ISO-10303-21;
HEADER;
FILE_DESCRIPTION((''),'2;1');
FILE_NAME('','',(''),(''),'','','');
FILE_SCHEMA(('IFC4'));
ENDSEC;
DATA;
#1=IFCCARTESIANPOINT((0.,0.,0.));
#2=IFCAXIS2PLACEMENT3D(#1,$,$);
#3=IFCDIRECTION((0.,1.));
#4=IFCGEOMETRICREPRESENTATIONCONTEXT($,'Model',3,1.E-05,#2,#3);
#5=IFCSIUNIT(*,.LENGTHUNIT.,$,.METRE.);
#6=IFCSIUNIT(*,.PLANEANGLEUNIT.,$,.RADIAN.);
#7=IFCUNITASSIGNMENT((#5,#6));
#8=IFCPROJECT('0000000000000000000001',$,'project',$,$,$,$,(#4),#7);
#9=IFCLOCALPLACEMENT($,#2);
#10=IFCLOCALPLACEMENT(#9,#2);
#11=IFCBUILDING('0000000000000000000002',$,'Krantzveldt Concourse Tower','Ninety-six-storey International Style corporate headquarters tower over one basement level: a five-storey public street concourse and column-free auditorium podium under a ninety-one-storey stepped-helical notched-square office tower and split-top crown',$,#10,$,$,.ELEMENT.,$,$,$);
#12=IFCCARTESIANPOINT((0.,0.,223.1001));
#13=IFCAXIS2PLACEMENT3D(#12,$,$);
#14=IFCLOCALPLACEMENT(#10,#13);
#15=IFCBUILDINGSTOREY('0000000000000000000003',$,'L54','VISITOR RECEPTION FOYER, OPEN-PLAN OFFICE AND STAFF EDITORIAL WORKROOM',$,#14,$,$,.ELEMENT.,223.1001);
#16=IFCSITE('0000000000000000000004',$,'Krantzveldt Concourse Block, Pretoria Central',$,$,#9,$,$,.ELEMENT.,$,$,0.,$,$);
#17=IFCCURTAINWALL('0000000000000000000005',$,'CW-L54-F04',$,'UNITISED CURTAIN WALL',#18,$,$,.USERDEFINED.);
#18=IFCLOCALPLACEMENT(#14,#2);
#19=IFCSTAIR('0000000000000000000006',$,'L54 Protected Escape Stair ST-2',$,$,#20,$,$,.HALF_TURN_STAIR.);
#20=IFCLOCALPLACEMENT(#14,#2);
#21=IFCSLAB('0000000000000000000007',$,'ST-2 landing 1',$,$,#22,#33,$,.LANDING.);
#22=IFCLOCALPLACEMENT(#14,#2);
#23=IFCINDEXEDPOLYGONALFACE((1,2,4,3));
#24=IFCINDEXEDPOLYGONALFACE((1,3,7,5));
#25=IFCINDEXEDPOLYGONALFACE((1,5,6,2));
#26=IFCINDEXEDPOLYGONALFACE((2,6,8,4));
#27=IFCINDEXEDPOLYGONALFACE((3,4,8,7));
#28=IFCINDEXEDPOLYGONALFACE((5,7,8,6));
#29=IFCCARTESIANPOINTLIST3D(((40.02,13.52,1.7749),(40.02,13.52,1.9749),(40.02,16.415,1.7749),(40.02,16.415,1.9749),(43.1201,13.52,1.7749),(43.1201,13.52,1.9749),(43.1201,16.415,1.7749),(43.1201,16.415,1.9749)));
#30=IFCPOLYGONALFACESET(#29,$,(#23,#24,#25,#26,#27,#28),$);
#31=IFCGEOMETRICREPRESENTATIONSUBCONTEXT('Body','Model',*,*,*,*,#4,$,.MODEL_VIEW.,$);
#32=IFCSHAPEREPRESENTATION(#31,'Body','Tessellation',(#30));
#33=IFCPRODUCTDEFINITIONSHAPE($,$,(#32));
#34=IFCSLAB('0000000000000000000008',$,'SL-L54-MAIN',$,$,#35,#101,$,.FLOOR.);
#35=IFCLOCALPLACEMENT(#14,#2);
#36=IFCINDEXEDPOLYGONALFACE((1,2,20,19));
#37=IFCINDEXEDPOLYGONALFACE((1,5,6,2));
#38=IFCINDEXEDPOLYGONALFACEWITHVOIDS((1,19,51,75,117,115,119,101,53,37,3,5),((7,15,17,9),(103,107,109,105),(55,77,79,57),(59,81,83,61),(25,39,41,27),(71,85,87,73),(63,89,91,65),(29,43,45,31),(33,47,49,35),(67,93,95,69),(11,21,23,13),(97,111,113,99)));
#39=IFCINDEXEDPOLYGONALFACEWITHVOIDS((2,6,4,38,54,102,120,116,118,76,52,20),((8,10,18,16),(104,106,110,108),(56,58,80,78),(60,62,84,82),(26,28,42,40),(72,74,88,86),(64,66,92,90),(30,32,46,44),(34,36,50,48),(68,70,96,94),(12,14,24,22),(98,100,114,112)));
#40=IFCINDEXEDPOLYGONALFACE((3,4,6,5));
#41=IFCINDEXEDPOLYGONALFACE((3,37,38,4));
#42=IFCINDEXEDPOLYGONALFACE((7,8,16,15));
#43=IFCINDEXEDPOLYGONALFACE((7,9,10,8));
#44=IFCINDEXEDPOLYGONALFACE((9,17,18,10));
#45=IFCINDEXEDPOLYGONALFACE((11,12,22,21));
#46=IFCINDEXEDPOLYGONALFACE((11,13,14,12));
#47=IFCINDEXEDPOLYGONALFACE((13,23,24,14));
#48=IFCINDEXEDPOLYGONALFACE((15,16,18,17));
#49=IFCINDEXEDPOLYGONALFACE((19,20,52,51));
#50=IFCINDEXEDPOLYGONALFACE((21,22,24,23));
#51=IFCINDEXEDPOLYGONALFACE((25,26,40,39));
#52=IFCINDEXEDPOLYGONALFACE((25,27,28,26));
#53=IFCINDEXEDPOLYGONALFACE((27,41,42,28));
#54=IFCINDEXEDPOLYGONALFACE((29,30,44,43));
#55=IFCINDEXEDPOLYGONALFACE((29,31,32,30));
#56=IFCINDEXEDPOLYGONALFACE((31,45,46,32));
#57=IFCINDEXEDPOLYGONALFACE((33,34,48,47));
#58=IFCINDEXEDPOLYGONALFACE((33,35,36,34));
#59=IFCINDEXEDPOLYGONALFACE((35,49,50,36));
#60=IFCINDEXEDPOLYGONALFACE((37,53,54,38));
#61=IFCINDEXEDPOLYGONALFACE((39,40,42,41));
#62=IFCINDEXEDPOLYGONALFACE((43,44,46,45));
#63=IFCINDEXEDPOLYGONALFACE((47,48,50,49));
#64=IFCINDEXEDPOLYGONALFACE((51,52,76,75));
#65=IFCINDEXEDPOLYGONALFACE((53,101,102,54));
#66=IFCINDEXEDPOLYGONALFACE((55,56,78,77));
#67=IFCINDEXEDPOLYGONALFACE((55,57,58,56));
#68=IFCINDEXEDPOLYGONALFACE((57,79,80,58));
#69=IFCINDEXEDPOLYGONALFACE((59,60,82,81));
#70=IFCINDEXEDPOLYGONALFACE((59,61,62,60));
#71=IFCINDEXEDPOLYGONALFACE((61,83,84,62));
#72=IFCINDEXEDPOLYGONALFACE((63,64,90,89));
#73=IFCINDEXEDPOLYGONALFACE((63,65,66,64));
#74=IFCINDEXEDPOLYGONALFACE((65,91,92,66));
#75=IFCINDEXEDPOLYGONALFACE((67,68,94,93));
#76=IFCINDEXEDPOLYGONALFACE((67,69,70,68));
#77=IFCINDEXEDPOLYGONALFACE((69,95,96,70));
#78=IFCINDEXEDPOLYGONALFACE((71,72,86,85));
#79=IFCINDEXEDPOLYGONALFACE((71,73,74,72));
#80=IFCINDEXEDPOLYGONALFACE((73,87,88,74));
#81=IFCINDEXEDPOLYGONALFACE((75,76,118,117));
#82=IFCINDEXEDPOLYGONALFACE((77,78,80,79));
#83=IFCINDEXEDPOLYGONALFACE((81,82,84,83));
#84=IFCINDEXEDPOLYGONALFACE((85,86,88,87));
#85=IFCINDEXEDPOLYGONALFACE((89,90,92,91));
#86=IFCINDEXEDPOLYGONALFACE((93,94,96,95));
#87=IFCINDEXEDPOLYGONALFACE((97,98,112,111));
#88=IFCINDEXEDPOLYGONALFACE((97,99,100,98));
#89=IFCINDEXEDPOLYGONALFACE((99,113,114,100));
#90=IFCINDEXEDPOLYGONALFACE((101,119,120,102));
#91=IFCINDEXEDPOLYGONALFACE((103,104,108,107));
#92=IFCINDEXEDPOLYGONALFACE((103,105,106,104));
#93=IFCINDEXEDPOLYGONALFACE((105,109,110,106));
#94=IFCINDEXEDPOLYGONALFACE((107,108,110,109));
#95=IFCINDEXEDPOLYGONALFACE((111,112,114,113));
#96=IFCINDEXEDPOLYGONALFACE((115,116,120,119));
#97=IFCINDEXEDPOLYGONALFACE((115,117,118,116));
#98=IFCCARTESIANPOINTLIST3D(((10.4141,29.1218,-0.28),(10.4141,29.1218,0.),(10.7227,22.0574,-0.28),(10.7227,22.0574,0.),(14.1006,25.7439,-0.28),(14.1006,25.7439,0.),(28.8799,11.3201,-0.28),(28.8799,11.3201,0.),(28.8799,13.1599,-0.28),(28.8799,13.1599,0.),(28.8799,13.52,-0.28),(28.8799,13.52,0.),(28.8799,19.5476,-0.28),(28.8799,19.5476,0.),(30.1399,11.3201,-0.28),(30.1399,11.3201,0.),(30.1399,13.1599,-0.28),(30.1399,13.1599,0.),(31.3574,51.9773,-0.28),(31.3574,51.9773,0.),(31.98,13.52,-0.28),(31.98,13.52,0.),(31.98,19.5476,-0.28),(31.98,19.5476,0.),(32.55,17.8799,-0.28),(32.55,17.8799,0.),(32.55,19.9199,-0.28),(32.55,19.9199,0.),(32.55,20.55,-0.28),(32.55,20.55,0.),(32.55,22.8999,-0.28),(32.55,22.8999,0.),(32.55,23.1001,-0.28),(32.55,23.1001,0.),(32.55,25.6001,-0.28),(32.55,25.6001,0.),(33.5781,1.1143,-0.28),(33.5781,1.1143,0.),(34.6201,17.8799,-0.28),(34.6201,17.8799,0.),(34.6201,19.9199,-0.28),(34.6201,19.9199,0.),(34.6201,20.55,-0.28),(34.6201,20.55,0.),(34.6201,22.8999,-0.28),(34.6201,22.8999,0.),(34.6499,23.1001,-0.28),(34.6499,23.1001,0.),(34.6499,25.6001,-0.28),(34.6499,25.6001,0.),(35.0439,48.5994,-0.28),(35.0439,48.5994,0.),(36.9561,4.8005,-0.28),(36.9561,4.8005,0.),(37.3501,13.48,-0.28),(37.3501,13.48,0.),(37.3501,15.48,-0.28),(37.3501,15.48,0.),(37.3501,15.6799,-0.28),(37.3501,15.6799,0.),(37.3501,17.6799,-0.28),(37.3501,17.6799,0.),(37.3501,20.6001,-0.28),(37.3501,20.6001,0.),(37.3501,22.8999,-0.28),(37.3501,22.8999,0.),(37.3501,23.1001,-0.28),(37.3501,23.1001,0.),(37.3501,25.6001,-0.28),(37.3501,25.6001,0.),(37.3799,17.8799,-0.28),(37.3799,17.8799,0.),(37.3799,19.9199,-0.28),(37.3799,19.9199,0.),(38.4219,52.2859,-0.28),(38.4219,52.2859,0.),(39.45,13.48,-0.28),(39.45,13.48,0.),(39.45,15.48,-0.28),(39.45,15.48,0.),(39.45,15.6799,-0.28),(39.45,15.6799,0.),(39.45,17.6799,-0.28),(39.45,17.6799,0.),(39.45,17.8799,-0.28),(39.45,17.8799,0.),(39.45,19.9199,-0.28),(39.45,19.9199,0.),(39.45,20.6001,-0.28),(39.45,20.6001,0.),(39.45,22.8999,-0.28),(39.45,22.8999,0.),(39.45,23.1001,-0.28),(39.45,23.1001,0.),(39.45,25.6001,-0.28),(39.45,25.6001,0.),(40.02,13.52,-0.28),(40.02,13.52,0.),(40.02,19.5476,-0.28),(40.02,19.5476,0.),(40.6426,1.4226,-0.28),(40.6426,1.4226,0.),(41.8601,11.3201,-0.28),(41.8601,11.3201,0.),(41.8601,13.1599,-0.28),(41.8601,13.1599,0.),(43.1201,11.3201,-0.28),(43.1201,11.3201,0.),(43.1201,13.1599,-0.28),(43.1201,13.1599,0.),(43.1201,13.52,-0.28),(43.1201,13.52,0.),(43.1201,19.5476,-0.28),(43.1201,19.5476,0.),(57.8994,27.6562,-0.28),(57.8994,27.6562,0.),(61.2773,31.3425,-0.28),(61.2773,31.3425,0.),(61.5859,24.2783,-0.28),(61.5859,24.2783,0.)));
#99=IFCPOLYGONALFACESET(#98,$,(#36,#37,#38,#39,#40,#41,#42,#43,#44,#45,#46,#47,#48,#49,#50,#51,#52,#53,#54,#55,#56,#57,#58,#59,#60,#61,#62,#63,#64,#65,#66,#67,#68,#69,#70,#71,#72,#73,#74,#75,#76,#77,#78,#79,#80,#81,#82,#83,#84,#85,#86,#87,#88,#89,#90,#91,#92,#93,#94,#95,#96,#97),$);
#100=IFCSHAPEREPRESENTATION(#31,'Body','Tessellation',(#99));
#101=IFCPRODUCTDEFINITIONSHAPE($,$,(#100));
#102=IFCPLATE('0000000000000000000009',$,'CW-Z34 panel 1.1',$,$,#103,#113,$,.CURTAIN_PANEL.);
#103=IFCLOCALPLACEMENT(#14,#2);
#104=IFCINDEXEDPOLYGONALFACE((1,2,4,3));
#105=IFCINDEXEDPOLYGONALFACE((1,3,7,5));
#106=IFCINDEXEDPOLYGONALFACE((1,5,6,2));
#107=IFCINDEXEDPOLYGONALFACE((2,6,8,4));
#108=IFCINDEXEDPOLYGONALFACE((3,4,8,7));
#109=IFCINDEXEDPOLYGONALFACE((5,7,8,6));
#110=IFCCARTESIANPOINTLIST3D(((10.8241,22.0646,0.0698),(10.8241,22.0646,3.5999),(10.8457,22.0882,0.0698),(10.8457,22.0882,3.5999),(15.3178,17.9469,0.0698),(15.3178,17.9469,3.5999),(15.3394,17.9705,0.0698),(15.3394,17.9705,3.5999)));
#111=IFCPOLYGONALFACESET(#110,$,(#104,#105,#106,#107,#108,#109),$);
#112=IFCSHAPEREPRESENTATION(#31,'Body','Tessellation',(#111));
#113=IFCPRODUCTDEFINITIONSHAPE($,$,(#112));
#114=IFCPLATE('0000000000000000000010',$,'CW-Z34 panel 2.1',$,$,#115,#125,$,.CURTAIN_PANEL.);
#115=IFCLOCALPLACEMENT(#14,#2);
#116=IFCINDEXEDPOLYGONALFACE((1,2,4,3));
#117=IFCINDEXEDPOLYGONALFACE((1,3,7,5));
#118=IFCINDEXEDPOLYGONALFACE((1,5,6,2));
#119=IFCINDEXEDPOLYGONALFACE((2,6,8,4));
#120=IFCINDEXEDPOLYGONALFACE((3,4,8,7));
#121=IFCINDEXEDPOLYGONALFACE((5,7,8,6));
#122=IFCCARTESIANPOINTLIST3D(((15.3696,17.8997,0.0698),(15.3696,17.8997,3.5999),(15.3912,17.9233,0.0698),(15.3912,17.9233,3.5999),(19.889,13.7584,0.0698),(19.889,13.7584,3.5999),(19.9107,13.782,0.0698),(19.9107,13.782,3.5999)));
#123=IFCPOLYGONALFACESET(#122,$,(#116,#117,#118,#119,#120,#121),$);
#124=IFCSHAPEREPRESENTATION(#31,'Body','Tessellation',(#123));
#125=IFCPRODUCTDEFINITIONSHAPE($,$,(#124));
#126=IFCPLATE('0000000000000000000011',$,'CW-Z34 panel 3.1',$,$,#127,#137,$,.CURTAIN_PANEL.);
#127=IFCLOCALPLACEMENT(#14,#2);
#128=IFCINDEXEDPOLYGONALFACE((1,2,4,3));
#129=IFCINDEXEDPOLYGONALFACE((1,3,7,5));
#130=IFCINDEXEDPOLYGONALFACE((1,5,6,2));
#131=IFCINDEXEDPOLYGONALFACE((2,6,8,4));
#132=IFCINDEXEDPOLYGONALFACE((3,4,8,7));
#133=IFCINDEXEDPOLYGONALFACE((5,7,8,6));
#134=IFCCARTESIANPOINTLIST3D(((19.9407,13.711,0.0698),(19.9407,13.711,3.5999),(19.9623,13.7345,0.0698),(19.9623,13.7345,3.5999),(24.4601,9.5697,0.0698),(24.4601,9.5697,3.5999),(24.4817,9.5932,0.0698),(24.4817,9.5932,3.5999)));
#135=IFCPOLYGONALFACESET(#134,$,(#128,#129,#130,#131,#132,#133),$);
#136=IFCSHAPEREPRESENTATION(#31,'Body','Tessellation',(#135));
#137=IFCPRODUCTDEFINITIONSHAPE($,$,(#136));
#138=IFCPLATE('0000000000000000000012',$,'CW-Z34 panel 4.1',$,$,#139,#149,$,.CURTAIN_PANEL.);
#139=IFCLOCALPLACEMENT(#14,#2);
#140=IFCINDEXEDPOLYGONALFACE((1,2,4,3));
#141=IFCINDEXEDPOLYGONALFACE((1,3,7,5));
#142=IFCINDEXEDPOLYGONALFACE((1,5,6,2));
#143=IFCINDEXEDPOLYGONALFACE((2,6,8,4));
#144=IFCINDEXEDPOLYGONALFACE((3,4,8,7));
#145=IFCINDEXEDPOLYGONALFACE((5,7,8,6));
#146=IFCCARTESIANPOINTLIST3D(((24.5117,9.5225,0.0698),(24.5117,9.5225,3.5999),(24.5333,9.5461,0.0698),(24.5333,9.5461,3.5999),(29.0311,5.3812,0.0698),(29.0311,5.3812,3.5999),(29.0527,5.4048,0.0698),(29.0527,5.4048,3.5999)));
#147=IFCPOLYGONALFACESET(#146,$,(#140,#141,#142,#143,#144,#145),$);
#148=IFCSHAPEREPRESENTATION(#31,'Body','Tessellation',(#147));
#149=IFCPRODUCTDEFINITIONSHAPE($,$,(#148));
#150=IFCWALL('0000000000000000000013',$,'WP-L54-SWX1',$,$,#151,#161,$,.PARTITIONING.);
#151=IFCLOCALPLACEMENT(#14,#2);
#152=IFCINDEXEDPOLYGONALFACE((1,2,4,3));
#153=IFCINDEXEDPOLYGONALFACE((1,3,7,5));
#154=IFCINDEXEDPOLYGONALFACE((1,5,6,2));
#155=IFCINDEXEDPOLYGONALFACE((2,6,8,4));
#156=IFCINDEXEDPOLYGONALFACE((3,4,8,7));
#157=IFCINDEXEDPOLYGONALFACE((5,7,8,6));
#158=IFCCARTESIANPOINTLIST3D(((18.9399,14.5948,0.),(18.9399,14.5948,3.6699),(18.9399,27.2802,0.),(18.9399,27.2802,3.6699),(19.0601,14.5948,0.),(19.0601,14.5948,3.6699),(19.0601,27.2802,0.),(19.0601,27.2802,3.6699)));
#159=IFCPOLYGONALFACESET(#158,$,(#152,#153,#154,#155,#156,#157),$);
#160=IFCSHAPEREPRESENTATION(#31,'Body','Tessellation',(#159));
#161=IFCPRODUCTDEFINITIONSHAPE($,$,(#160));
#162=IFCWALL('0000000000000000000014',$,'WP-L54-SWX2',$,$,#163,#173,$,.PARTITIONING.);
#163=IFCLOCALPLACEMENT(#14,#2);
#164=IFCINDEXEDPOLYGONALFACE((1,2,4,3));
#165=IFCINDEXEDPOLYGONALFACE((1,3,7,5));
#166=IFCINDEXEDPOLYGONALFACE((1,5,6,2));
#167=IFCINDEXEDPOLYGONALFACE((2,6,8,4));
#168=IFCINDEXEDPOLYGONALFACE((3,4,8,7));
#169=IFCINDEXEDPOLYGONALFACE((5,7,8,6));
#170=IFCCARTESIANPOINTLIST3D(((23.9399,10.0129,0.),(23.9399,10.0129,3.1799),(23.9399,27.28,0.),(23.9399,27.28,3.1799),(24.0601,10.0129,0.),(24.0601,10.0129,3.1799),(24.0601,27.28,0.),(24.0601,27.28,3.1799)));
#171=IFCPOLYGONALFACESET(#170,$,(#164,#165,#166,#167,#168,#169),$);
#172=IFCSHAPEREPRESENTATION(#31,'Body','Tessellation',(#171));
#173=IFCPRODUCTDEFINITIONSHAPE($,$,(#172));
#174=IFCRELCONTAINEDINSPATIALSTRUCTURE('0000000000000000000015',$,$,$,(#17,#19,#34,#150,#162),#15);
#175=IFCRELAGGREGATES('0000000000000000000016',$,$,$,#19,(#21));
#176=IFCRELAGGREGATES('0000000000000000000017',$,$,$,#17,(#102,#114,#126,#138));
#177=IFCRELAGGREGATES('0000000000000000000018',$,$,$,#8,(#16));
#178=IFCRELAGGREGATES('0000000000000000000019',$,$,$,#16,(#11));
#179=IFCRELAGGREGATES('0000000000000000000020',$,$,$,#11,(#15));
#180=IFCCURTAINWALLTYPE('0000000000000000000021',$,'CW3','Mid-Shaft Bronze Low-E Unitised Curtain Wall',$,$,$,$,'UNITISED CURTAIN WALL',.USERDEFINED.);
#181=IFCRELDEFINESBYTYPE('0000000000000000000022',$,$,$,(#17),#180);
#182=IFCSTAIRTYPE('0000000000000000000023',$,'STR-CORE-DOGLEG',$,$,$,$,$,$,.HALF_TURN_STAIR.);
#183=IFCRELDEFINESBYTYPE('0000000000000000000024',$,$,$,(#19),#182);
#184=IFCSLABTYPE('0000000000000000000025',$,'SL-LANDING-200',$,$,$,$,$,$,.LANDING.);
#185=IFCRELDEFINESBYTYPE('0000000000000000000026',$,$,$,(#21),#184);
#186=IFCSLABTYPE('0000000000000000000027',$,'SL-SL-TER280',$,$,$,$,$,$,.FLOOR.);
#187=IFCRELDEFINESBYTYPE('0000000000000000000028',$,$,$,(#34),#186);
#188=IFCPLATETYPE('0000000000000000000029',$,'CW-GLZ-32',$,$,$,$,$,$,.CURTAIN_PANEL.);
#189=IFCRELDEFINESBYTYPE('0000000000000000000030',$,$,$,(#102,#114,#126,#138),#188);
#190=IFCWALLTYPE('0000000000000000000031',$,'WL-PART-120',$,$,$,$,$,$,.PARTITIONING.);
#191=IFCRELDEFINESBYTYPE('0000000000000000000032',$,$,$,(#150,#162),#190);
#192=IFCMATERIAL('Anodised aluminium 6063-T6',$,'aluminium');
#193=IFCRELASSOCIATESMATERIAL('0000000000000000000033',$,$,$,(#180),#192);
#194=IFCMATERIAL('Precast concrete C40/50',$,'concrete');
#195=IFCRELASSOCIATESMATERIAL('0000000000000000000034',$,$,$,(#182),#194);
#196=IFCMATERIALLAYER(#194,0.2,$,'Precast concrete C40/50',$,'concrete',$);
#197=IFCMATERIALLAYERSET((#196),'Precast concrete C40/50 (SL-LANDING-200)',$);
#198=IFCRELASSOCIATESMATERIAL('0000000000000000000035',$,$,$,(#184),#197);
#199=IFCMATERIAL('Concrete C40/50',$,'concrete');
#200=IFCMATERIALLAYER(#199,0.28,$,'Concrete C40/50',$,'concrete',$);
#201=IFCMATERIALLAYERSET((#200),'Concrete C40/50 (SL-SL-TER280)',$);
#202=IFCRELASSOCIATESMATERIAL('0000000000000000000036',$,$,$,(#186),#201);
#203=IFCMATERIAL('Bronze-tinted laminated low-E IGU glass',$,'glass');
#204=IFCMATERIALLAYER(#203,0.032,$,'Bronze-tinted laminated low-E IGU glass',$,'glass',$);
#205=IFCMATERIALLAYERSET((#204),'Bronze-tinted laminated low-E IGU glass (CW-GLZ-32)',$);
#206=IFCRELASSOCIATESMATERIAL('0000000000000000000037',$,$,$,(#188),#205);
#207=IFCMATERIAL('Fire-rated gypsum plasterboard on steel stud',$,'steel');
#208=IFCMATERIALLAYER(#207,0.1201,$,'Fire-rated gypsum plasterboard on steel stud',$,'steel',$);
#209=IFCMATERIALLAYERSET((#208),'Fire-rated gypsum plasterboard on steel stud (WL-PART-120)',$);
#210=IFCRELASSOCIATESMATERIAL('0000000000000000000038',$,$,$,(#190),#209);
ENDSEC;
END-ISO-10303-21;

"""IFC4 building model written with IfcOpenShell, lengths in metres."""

from ifc_helpers import new_model, si_unit, direction, frame, frame_2d, origin, origin_2d, place, context, subcontext, project, spatial, polyline, rectangle, outline, extrude, source, transform, mapped, material, layer, layer_set, type_object, type_shapes, element, aggregate, save


model = new_model("IFC4")

# Units and contexts
model_context = context("Model", 3, precision=1e-05, world=origin(), true_north=direction((0.0, 1.0)))
body_context = subcontext(model_context, "Body", "Model", "MODEL_VIEW")
ifc_project = project(units=[si_unit("LENGTHUNIT", "METRE"), si_unit("PLANEANGLEUNIT", "RADIAN")], contexts=[model_context])

# Site, building, storey
site_placement = place(None, origin())
site = spatial("IfcSite", under=ifc_project, at=site_placement, Name="Krantzveldt Concourse Block, Pretoria Central", CompositionType="ELEMENT", RefElevation=0.0)
building_placement = place(site_placement, origin())
building = spatial("IfcBuilding", under=site, at=building_placement, Name="Krantzveldt Concourse Tower", Description="Ninety-six-storey International Style corporate headquarters tower over one basement level: a five-storey public street concourse and column-free auditorium podium under a ninety-one-storey stepped-helical notched-square office tower and split-top crown", CompositionType="ELEMENT")
storey_placement = place(building_placement, frame((0.0, 0.0, 223.1001)))
storey = spatial("IfcBuildingStorey", under=building, at=storey_placement, Name="L54", Description="VISITOR RECEPTION FOYER, OPEN-PLAN OFFICE AND STAFF EDITORIAL WORKROOM", CompositionType="ELEMENT", Elevation=223.1001)

# Curtain wall
ifc_material_1 = material(Name="Anodised aluminium 6063-T6", Category="aluminium")
curtain_wall_type = type_object("IfcCurtainWallType", Name="CW3", Description="Mid-Shaft Bronze Low-E Unitised Curtain Wall", ElementType="UNITISED CURTAIN WALL", PredefinedType="USERDEFINED", material=ifc_material_1)
curtain_wall_placement = place(storey_placement, origin())
curtain_wall = element("IfcCurtainWall", 1, at=curtain_wall_placement, inside=storey, type_object=curtain_wall_type, Name="CW-L54-F04", ObjectType="UNITISED CURTAIN WALL", PredefinedType="USERDEFINED")

# Stair, slab
ifc_material_2 = material(Name="Precast concrete C40/50", Category="concrete")
stair_type = type_object("IfcStairType", Name="STR-CORE-DOGLEG", PredefinedType="HALF_TURN_STAIR", material=ifc_material_2)
ifc_layer_1 = layer(ifc_material_2, 0.2, Name="Precast concrete C40/50", Category="concrete")
ifc_layer_set_1 = layer_set([ifc_layer_1], Name="Precast concrete C40/50 (SL-LANDING-200)")
slab_type_1 = type_object("IfcSlabType", Name="SL-LANDING-200", PredefinedType="LANDING", material=ifc_layer_set_1)
stair_1_placement = place(storey_placement, origin())
stair_1 = element("IfcStair", 2, at=stair_1_placement, inside=storey, type_object=stair_type, Name="L54 Protected Escape Stair ST-2", PredefinedType="HALF_TURN_STAIR")
slab_1_placement = place(storey_placement, frame((0.0, 0.0, 1.7749)))
slab_1 = element("IfcSlab", 3, at=slab_1_placement, type_object=slab_type_1, Name="ST-2 landing 1", PredefinedType="LANDING", context=body_context, shape_type="SweptSolid", body=[
    extrude(outline(polyline([(40.02, 16.415), (40.02, 13.52), (43.1201, 13.52), (43.1201, 16.415), (40.02, 16.415)])), origin(), (0.0, 0.0, 1.0), 0.2),
])
aggregate(stair_1, [slab_1])

# Slab
ifc_material_3 = material(Name="Concrete C40/50", Category="concrete")
ifc_layer_2 = layer(ifc_material_3, 0.28, Name="Concrete C40/50", Category="concrete")
ifc_layer_set_2 = layer_set([ifc_layer_2], Name="Concrete C40/50 (SL-SL-TER280)")
slab_type_2 = type_object("IfcSlabType", Name="SL-SL-TER280", PredefinedType="FLOOR", material=ifc_layer_set_2)
slab_2_placement = place(storey_placement, frame((0.0, 0.0, -0.28)))
element("IfcSlab", 4, at=slab_2_placement, inside=storey, type_object=slab_type_2, Name="SL-L54-MAIN", PredefinedType="FLOOR", context=body_context, shape_type="SweptSolid", body=[
    extrude(outline(polyline([(35.0439, 48.5994), (31.3574, 51.9773), (10.4141, 29.1218), (14.1006, 25.7439), (10.7227, 22.0574), (33.5781, 1.1143), (36.9561, 4.8005), (40.6426, 1.4226), (61.5859, 24.2783), (57.8994, 27.6562), (61.2773, 31.3425), (38.4219, 52.2859), (35.0439, 48.5994)]), holes=[polyline([(28.8799, 19.5476), (28.8799, 13.52), (31.98, 13.52), (31.98, 19.5476), (28.8799, 19.5476)]), polyline([(40.02, 19.5476), (40.02, 13.52), (43.1201, 13.52), (43.1201, 19.5476), (40.02, 19.5476)]), polyline([(32.55, 23.1001), (34.6499, 23.1001), (34.6499, 25.6001), (32.55, 25.6001), (32.55, 23.1001)]), polyline([(37.3501, 23.1001), (39.45, 23.1001), (39.45, 25.6001), (37.3501, 25.6001), (37.3501, 23.1001)]), polyline([(37.3501, 20.6001), (39.45, 20.6001), (39.45, 22.8999), (37.3501, 22.8999), (37.3501, 20.6001)]), polyline([(37.3501, 13.48), (39.45, 13.48), (39.45, 15.48), (37.3501, 15.48), (37.3501, 13.48)]), polyline([(37.3501, 15.6799), (39.45, 15.6799), (39.45, 17.6799), (37.3501, 17.6799), (37.3501, 15.6799)]), polyline([(32.55, 20.55), (34.6201, 20.55), (34.6201, 22.8999), (32.55, 22.8999), (32.55, 20.55)]), polyline([(32.55, 17.8799), (34.6201, 17.8799), (34.6201, 19.9199), (32.55, 19.9199), (32.55, 17.8799)]), polyline([(37.3799, 17.8799), (39.45, 17.8799), (39.45, 19.9199), (37.3799, 19.9199), (37.3799, 17.8799)]), polyline([(28.8799, 11.3201), (30.1399, 11.3201), (30.1399, 13.1599), (28.8799, 13.1599), (28.8799, 11.3201)]), polyline([(41.8601, 11.3201), (43.1201, 11.3201), (43.1201, 13.1599), (41.8601, 13.1599), (41.8601, 11.3201)])]), origin(), (0.0, 0.0, 1.0), 0.28),
])

# Plates
ifc_material_4 = material(Name="Bronze-tinted laminated low-E IGU glass", Category="glass")
ifc_layer_3 = layer(ifc_material_4, 0.032, Name="Bronze-tinted laminated low-E IGU glass", Category="glass")
ifc_layer_set_3 = layer_set([ifc_layer_3], Name="Bronze-tinted laminated low-E IGU glass (CW-GLZ-32)")
plate_type = type_object("IfcPlateType", Name="CW-GLZ-32", PredefinedType="CURTAIN_PANEL", material=ifc_layer_set_3)
shared_shape_1 = source(origin(), body_context, "Body", "SweptSolid", [
    extrude(rectangle(XDim=6.095, YDim=0.032, at=origin_2d()), origin(), (0.0, 0.0, 1.0), 3.53),
])
plate_1_placement = place(storey_placement, frame((13.0818, 20.0176, 0.0698), z_axis=(0.0, 0.0, 1.0), x_axis=(0.737277, -0.67559, 0.0)))
plate_1 = element("IfcPlate", 5, at=plate_1_placement, type_object=plate_type, Name="CW-Z34 panel 1.1", PredefinedType="CURTAIN_PANEL", context=body_context, shape_type="MappedRepresentation", body=[
    mapped(shared_shape_1, transform((0.0, 0.0, 0.0), x_axis=(1.0, 0.0, 0.0), y_axis=(0.0, 1.0, 0.0), z_axis=(0.0, 0.0, 1.0), scale=1.0)),
])
shared_shape_2 = source(origin(), body_context, "Body", "SweptSolid", [
    extrude(rectangle(XDim=6.1299, YDim=0.032, at=origin_2d()), origin(), (0.0, 0.0, 1.0), 3.53),
])
type_shapes(plate_type, [shared_shape_1, shared_shape_2])
plate_2_placement = place(storey_placement, frame((17.6401, 15.8408, 0.0698), z_axis=(0.0, 0.0, 1.0), x_axis=(0.737277, -0.67559, 0.0)))
plate_2 = element("IfcPlate", 6, at=plate_2_placement, type_object=plate_type, Name="CW-Z34 panel 2.1", PredefinedType="CURTAIN_PANEL", context=body_context, shape_type="MappedRepresentation", body=[
    mapped(shared_shape_2, transform((0.0, 0.0, 0.0), x_axis=(1.0, 0.0, 0.0), y_axis=(0.0, 1.0, 0.0), z_axis=(0.0, 0.0, 1.0), scale=1.0)),
])
plate_3_placement = place(storey_placement, frame((22.2112, 11.6521, 0.0698), z_axis=(0.0, 0.0, 1.0), x_axis=(0.737277, -0.67559, 0.0)))
plate_3 = element("IfcPlate", 7, at=plate_3_placement, type_object=plate_type, Name="CW-Z34 panel 3.1", PredefinedType="CURTAIN_PANEL", context=body_context, shape_type="MappedRepresentation", body=[
    mapped(shared_shape_2, transform((0.0, 0.0, 0.0), x_axis=(1.0, 0.0, 0.0), y_axis=(0.0, 1.0, 0.0), z_axis=(0.0, 0.0, 1.0), scale=1.0)),
])
plate_4_placement = place(storey_placement, frame((26.7822, 7.4636, 0.0698), z_axis=(0.0, 0.0, 1.0), x_axis=(0.737277, -0.67559, 0.0)))
plate_4 = element("IfcPlate", 8, at=plate_4_placement, type_object=plate_type, Name="CW-Z34 panel 4.1", PredefinedType="CURTAIN_PANEL", context=body_context, shape_type="MappedRepresentation", body=[
    mapped(shared_shape_2, transform((0.0, 0.0, 0.0), x_axis=(1.0, 0.0, 0.0), y_axis=(0.0, 1.0, 0.0), z_axis=(0.0, 0.0, 1.0), scale=1.0)),
])
aggregate(curtain_wall, [plate_1, plate_2, plate_3, plate_4])

# Walls
ifc_material_5 = material(Name="Fire-rated gypsum plasterboard on steel stud", Category="steel")
ifc_layer_4 = layer(ifc_material_5, 0.1201, Name="Fire-rated gypsum plasterboard on steel stud", Category="steel")
ifc_layer_set_4 = layer_set([ifc_layer_4], Name="Fire-rated gypsum plasterboard on steel stud (WL-PART-120)")
wall_type_1 = type_object("IfcWallType", Name="WL-PART-120", PredefinedType="PARTITIONING", material=ifc_layer_set_4)
wall_1_placement = place(storey_placement, frame((19.0, 14.5947, 0.0), z_axis=(0.0, 0.0, 1.0), x_axis=(0.0, 1.0, 0.0)))
element("IfcWall", 9, at=wall_1_placement, inside=storey, type_object=wall_type_1, Name="WP-L54-SWX1", PredefinedType="PARTITIONING", context=body_context, shape_type="SweptSolid", body=[
    extrude(rectangle(XDim=12.6853, YDim=0.1201, at=frame_2d((6.3428, 0.0))), origin(), (0.0, 0.0, 1.0), 3.6699),
])
wall_2_placement = place(storey_placement, frame((24.0, 10.0129, 0.0), z_axis=(0.0, 0.0, 1.0), x_axis=(0.0, 1.0, 0.0)))
element("IfcWall", 10, at=wall_2_placement, inside=storey, type_object=wall_type_1, Name="WP-L54-SWX2", PredefinedType="PARTITIONING", context=body_context, shape_type="SweptSolid", body=[
    extrude(rectangle(XDim=17.2671, YDim=0.1201, at=frame_2d((8.6335, 0.0))), origin(), (0.0, 0.0, 1.0), 3.1799),
])

save(model, "model.ifc")
